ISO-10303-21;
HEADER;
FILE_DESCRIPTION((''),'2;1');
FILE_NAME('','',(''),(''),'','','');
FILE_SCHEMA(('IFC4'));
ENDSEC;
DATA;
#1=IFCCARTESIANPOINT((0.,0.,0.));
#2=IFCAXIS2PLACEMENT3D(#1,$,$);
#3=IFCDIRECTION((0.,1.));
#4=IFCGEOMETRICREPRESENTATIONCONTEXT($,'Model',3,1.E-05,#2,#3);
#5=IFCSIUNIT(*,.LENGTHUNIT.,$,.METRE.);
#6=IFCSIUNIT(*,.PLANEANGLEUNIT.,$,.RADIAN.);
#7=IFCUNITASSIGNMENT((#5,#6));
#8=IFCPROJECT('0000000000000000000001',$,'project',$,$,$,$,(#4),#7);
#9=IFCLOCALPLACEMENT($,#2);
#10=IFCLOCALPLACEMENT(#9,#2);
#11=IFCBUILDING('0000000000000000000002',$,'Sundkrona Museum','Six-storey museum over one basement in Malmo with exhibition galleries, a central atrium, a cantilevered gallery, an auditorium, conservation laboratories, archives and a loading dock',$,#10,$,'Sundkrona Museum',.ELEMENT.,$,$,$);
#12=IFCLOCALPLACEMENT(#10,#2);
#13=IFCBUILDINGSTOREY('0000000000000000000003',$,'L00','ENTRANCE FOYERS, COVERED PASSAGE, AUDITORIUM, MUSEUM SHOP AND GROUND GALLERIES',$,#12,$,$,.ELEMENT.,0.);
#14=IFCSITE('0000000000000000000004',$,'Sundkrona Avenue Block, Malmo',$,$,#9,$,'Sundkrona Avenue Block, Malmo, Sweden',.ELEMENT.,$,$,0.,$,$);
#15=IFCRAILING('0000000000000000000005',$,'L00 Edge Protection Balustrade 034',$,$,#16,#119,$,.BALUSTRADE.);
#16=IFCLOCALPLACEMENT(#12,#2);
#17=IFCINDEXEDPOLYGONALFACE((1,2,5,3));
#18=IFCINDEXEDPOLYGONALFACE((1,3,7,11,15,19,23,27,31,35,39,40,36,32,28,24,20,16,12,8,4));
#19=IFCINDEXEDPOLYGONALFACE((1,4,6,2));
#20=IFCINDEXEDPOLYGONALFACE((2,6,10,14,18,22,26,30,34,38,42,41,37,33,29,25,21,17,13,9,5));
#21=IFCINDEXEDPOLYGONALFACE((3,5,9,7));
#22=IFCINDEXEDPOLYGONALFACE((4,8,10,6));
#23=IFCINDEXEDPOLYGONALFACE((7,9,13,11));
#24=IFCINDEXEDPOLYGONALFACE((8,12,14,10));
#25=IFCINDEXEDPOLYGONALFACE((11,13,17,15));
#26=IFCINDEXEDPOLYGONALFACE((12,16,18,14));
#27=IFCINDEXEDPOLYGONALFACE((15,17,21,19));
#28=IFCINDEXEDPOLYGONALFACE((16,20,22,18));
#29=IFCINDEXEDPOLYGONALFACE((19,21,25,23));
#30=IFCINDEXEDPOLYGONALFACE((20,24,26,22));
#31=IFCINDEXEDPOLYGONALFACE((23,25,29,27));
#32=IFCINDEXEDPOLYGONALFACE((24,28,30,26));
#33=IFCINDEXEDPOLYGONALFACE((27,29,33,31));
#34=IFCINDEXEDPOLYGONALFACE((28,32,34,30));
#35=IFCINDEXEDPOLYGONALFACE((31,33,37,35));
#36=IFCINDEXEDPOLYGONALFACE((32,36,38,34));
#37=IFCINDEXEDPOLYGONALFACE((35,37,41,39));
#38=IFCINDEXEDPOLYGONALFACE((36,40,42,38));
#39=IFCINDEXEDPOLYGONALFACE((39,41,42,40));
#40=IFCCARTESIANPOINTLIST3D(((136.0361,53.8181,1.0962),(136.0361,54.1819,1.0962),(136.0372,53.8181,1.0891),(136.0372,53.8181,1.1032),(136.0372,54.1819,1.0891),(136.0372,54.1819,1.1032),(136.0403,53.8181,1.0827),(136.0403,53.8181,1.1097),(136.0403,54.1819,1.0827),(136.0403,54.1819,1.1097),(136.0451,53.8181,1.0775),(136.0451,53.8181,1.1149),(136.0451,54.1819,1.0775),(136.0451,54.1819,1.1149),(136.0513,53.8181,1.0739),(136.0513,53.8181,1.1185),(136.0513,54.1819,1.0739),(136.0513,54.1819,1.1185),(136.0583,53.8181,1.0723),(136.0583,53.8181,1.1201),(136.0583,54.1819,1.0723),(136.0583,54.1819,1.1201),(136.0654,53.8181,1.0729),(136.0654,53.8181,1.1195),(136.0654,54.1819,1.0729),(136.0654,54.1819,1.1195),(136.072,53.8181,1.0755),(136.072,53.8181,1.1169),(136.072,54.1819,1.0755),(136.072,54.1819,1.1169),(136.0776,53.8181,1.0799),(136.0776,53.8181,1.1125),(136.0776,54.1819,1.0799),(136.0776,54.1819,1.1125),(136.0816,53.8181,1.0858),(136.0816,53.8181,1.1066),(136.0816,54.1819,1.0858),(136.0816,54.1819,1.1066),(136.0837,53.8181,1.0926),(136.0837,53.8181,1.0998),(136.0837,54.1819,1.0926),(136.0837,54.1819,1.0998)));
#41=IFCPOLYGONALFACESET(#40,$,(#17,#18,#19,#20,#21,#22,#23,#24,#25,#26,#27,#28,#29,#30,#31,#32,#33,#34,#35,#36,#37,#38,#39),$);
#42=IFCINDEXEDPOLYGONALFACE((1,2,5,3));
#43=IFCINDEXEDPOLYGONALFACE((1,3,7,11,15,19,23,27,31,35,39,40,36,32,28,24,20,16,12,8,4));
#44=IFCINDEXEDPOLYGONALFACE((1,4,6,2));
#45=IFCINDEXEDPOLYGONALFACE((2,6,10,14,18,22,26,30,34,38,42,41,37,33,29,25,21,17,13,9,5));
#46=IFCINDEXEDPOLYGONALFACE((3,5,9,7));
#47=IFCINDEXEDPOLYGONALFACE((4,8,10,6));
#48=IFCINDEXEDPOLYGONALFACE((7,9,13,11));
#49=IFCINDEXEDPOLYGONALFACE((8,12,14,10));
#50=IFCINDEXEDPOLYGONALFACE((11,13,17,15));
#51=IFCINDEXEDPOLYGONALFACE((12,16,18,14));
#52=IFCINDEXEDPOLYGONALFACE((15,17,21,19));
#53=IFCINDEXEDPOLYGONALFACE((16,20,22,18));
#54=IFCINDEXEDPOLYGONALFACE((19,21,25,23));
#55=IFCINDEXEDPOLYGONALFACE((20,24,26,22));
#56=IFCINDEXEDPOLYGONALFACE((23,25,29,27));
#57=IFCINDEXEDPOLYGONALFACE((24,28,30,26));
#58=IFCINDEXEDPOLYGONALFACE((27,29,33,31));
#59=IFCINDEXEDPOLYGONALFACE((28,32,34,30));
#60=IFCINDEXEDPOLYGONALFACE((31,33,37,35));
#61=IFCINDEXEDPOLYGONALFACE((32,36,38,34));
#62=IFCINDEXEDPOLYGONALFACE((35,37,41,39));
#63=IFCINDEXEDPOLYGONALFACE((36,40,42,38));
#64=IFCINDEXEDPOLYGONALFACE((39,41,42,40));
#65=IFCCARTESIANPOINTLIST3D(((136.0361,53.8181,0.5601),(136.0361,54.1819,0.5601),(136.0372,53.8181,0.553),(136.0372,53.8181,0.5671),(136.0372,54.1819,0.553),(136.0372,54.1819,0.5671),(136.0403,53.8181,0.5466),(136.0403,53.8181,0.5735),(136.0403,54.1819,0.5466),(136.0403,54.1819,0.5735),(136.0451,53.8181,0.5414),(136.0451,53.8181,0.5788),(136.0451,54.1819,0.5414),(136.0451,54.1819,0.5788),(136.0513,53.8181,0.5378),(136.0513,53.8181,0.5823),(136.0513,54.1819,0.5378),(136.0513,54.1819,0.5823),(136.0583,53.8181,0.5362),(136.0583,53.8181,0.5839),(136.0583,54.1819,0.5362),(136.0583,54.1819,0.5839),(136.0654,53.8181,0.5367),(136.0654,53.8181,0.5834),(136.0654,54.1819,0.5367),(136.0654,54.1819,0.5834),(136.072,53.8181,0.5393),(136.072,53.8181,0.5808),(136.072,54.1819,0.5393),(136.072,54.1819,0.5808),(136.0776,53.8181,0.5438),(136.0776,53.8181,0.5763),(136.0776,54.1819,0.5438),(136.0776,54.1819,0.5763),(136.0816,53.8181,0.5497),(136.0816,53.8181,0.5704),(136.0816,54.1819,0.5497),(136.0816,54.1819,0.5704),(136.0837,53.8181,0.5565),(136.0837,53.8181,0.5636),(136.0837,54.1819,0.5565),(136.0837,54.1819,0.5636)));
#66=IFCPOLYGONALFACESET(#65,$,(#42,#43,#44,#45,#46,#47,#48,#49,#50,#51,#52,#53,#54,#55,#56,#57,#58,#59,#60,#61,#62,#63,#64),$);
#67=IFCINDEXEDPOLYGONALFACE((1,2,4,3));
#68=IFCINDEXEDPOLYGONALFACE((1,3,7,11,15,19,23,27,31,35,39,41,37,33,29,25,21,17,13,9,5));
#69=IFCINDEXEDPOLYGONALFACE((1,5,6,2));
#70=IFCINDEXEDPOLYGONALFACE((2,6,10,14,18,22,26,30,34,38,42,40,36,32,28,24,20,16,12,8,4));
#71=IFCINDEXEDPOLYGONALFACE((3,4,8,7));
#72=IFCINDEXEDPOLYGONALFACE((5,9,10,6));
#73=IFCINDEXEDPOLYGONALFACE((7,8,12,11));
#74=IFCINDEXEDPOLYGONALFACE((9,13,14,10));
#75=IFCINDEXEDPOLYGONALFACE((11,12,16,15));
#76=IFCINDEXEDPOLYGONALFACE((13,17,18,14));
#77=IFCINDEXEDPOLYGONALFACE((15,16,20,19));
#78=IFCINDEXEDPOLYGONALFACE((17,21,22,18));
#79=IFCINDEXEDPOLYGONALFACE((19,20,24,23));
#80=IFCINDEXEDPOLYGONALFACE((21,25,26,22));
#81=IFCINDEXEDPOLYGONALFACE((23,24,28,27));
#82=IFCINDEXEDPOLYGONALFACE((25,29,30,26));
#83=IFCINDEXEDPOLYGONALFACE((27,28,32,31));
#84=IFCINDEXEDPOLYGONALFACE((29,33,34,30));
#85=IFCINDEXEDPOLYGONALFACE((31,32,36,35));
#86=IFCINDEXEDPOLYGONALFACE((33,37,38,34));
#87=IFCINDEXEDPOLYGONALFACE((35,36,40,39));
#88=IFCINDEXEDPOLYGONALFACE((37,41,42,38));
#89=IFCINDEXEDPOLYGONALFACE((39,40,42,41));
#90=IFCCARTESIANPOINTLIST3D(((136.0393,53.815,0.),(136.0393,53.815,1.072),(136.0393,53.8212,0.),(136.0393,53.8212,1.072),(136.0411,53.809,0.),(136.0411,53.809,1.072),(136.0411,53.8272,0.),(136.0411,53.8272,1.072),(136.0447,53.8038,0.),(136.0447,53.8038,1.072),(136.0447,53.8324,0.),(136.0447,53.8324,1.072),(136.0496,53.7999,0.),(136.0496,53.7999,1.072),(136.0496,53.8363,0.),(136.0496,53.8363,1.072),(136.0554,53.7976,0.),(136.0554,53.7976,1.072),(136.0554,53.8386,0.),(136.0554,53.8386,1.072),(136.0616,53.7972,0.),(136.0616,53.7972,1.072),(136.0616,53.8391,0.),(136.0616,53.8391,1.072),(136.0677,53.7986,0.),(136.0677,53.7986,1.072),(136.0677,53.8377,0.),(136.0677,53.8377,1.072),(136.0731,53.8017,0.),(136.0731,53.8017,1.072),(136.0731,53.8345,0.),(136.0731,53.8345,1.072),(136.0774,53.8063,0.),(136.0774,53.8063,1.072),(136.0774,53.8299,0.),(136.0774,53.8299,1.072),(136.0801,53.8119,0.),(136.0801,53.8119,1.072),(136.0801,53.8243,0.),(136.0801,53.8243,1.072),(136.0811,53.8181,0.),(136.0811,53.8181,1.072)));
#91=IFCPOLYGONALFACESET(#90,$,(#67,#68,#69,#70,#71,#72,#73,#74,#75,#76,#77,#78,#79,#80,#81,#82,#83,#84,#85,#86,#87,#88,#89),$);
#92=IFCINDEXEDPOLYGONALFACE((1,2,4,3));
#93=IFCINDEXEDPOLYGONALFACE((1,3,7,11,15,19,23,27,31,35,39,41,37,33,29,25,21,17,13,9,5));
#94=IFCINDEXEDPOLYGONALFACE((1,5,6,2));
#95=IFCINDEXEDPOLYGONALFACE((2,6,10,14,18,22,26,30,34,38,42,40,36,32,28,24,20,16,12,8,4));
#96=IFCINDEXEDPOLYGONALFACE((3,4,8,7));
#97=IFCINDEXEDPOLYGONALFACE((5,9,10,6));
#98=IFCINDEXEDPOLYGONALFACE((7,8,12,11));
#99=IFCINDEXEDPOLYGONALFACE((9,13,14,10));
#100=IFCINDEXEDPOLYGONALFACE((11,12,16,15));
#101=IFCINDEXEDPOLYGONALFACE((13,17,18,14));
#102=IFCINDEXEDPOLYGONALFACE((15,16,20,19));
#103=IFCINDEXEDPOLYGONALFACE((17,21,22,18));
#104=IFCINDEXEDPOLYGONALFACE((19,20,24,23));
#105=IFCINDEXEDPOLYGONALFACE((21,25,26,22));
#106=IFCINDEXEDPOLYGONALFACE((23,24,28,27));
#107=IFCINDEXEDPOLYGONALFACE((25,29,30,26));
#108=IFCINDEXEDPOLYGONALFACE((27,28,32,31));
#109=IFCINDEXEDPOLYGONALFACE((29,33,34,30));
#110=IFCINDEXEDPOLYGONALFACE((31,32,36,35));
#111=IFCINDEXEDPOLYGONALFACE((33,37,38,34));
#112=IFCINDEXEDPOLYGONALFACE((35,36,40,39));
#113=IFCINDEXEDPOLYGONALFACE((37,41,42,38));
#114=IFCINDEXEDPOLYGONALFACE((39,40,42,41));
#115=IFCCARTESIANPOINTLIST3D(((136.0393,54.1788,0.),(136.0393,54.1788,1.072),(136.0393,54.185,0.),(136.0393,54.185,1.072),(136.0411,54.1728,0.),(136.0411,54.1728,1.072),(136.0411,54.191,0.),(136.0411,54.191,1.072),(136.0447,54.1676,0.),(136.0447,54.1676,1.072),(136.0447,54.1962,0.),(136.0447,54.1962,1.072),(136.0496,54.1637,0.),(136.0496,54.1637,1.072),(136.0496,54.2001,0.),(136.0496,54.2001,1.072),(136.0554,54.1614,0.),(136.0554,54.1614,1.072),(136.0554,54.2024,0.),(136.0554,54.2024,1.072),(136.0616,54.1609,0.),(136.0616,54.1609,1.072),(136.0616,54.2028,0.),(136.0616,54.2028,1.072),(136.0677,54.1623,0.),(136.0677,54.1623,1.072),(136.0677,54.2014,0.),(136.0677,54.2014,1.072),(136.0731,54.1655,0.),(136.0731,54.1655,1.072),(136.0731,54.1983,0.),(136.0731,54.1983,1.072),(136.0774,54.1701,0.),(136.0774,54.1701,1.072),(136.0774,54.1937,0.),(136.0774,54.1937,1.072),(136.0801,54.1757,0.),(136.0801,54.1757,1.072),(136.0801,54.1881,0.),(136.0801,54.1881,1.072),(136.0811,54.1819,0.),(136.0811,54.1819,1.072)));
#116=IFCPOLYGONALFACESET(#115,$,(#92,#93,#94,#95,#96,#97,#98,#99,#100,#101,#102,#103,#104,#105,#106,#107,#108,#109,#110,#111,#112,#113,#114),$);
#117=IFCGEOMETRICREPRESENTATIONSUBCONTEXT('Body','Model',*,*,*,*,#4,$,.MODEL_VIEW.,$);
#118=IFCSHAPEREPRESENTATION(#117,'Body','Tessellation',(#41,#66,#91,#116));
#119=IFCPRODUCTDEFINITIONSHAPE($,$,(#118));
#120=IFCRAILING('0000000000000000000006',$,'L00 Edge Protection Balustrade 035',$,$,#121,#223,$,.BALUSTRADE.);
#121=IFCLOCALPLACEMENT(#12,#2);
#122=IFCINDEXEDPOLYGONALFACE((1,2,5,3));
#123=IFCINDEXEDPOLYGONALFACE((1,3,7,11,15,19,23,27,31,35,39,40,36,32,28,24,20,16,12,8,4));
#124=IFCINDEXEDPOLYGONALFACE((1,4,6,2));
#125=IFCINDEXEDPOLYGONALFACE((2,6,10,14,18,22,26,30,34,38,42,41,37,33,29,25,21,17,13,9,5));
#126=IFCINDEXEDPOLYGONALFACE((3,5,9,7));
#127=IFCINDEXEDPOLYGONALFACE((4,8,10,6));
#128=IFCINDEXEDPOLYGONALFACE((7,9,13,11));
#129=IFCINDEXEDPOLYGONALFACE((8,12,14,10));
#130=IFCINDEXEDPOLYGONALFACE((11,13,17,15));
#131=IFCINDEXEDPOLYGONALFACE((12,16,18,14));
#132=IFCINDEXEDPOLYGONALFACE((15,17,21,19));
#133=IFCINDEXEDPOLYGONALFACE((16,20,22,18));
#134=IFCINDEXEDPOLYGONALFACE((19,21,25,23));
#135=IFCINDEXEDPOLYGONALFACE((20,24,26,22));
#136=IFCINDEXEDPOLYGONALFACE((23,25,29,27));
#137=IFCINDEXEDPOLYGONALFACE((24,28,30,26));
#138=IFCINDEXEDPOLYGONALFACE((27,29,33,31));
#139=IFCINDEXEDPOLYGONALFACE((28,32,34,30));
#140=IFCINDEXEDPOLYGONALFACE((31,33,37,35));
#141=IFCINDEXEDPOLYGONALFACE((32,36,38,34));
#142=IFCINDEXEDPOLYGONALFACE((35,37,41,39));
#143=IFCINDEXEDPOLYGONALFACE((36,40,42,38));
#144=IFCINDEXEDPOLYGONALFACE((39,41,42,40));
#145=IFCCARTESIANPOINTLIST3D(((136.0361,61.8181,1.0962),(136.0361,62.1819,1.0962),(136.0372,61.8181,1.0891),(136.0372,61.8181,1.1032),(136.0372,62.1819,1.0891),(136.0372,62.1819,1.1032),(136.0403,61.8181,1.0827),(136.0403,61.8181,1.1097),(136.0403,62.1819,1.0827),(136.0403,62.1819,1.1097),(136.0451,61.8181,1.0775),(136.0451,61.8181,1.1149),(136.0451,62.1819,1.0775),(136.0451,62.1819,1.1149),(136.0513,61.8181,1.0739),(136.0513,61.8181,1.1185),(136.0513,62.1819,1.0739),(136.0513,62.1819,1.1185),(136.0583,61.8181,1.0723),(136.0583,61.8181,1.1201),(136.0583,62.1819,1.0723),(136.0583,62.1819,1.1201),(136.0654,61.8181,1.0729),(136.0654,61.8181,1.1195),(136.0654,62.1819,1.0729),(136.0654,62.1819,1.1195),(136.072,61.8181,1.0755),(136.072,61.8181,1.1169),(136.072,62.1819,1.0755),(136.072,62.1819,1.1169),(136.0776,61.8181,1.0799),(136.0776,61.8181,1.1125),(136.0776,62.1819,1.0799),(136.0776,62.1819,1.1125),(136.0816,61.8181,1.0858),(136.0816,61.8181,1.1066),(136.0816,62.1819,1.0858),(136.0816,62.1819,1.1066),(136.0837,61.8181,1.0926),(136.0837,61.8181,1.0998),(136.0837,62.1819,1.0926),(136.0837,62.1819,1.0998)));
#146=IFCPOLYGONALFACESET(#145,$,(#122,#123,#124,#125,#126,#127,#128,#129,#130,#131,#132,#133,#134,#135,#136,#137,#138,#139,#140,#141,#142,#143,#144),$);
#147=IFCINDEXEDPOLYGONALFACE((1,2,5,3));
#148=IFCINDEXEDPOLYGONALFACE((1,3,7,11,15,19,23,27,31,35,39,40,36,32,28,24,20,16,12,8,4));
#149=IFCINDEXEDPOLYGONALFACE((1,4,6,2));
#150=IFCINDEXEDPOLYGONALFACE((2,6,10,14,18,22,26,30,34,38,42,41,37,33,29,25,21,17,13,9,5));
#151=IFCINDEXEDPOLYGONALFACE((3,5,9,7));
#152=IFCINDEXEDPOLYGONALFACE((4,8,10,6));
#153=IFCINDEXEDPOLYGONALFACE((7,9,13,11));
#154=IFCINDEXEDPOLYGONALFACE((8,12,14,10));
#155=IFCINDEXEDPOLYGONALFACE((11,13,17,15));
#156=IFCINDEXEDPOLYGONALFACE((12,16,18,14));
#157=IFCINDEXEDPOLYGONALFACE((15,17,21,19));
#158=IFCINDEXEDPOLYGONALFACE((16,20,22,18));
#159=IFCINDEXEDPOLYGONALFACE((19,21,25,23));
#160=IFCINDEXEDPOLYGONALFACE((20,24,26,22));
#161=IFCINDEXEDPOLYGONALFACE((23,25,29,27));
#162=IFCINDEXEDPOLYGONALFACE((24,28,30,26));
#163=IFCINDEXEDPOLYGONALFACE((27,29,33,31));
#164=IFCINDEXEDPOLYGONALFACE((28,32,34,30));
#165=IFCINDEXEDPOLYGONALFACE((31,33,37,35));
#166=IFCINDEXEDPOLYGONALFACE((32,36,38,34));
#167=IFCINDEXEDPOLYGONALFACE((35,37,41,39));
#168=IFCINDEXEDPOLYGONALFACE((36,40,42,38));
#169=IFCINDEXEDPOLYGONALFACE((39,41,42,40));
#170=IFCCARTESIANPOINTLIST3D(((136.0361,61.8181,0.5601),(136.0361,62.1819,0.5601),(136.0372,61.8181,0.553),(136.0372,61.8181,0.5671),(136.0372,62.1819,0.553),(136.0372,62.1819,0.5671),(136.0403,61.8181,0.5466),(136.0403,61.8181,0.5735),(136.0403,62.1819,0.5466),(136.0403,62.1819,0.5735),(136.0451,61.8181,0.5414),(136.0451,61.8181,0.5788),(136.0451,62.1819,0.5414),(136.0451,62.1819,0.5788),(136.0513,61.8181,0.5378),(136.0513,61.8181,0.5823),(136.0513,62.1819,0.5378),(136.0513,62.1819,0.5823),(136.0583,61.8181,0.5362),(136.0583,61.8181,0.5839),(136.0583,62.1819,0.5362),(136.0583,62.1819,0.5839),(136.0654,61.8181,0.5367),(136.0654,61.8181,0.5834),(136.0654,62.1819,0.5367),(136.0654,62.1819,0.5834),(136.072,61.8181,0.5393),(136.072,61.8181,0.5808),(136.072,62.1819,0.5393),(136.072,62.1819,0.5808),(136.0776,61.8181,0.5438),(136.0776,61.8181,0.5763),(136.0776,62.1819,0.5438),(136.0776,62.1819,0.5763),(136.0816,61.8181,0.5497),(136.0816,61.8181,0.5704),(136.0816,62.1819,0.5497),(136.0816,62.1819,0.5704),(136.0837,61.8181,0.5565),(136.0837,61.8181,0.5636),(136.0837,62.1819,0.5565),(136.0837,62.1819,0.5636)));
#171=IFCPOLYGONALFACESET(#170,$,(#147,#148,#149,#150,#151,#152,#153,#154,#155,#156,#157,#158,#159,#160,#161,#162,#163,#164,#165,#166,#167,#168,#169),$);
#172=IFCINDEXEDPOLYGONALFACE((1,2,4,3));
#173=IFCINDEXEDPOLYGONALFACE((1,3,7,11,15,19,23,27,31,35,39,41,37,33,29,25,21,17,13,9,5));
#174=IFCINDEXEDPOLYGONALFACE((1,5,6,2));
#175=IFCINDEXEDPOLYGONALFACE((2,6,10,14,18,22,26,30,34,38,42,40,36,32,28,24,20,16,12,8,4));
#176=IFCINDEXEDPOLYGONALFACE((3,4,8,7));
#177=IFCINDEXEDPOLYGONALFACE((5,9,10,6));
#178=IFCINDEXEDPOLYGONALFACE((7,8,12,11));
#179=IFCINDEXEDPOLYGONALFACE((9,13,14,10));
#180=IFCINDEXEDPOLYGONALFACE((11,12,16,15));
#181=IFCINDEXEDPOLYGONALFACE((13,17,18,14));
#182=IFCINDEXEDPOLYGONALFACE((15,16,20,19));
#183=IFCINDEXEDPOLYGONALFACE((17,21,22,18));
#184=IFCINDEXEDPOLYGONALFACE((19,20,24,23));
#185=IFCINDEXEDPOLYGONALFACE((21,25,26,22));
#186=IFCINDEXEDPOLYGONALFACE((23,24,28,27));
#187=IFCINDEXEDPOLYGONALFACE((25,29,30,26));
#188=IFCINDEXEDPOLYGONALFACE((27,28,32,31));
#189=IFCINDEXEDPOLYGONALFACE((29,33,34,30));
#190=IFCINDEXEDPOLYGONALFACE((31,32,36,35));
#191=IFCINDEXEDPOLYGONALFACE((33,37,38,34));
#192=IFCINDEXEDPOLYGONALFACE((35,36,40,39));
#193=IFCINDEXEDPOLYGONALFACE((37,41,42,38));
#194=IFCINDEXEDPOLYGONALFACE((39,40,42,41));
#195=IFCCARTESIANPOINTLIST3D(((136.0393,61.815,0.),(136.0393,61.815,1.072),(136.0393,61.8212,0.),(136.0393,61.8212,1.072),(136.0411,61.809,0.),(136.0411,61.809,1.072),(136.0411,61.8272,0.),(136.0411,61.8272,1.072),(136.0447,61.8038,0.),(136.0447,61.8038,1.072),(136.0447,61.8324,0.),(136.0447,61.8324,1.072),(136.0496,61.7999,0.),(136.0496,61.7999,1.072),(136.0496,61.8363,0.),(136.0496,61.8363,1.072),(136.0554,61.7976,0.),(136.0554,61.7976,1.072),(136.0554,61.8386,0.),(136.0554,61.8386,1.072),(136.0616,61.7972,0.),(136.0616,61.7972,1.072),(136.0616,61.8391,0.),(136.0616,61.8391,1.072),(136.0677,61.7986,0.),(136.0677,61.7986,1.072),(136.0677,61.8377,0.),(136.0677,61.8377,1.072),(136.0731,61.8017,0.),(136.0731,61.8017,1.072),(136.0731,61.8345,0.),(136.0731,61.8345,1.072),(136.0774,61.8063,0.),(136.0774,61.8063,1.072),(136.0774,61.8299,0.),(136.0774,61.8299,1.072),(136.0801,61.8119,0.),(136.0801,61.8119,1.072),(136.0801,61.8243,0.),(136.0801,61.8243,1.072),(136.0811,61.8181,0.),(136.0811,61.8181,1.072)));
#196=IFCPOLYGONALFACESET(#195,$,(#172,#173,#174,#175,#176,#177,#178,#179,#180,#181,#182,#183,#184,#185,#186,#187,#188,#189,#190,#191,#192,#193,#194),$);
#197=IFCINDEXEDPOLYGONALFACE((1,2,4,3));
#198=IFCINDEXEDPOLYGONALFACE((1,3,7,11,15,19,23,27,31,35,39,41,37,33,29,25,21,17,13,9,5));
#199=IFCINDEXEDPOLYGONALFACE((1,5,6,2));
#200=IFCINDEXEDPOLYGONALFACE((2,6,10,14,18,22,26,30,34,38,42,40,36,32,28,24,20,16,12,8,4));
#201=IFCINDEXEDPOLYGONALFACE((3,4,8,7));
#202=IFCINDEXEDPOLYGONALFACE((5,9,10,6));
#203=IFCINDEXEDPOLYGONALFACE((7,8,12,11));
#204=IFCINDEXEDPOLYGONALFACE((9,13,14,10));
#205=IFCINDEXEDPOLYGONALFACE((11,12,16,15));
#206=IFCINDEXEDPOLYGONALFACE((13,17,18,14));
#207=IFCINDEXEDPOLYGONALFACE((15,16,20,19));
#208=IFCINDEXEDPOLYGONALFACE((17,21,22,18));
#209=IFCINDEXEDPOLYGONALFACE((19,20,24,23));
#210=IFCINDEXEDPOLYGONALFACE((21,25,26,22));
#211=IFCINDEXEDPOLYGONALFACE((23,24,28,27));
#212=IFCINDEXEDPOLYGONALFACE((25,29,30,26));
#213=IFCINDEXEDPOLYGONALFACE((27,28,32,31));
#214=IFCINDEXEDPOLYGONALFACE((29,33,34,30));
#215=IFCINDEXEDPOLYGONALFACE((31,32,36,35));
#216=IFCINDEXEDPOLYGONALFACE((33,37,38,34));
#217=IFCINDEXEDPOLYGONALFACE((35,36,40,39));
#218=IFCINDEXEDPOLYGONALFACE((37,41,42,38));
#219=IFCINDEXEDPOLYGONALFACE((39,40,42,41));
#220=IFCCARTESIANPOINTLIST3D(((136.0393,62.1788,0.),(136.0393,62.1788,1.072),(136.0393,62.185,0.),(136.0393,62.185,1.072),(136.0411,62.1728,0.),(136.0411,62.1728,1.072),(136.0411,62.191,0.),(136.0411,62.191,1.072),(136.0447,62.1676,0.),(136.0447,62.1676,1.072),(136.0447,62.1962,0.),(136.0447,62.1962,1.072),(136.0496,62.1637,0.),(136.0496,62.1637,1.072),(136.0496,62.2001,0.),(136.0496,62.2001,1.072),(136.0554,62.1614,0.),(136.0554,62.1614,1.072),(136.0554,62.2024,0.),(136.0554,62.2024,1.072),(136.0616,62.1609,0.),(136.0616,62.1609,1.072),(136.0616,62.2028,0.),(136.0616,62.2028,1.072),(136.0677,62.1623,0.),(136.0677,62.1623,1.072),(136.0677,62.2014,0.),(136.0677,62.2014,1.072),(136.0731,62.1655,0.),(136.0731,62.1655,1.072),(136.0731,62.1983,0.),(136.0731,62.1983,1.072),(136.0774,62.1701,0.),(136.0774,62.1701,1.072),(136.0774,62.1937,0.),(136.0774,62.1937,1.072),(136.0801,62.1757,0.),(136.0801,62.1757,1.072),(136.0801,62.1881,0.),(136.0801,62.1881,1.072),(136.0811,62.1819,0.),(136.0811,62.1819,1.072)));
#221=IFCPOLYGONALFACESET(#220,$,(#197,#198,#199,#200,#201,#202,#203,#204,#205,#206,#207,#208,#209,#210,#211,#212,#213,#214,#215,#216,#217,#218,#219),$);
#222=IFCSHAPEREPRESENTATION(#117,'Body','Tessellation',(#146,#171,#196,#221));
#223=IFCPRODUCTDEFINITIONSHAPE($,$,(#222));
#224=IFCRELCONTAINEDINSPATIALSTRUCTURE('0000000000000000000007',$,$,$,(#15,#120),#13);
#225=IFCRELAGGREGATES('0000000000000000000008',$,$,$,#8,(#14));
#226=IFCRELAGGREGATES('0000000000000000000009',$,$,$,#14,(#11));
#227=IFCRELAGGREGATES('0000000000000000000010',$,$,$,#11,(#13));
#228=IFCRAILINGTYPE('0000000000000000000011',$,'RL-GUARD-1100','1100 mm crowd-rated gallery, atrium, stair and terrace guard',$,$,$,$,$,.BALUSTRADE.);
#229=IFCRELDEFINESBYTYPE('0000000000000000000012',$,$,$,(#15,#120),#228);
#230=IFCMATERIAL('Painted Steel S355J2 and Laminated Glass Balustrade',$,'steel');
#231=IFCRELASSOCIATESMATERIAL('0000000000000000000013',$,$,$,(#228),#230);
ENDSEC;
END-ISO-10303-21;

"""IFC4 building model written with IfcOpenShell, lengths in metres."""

from ifc_helpers import new_model, si_unit, direction, frame, origin, origin_2d, place, context, subcontext, project, spatial, circle, extrude, material, type_object, element, save


model = new_model("IFC4")

# Units and contexts
model_context = context("Model", 3, precision=1e-05, world=origin(), true_north=direction((0.0, 1.0)))
body_context = subcontext(model_context, "Body", "Model", "MODEL_VIEW")
ifc_project = project(units=[si_unit("LENGTHUNIT", "METRE"), si_unit("PLANEANGLEUNIT", "RADIAN")], contexts=[model_context])

# Site, building, storey
site_placement = place(None, origin())
site = spatial("IfcSite", under=ifc_project, at=site_placement, Name="Sundkrona Avenue Block, Malmo", LongName="Sundkrona Avenue Block, Malmo, Sweden", CompositionType="ELEMENT", RefElevation=0.0)
building_placement = place(site_placement, origin())
building = spatial("IfcBuilding", under=site, at=building_placement, Name="Sundkrona Museum", Description="Six-storey museum over one basement in Malmo with exhibition galleries, a central atrium, a cantilevered gallery, an auditorium, conservation laboratories, archives and a loading dock", LongName="Sundkrona Museum", CompositionType="ELEMENT")
storey_placement = place(building_placement, origin())
storey = spatial("IfcBuildingStorey", under=building, at=storey_placement, Name="L00", Description="ENTRANCE FOYERS, COVERED PASSAGE, AUDITORIUM, MUSEUM SHOP AND GROUND GALLERIES", CompositionType="ELEMENT", Elevation=0.0)

# Railings
ifc_material_1 = material(Name="Painted Steel S355J2 and Laminated Glass Balustrade", Category="steel")
railing_type = type_object("IfcRailingType", Name="RL-GUARD-1100", Description="1100 mm crowd-rated gallery, atrium, stair and terrace guard", PredefinedType="BALUSTRADE", material=ifc_material_1)
for number, where, name in (
    (1, (136.0601, 53.8181, 0.0), "L00 Edge Protection Balustrade 034"),
    (2, (136.0601, 61.8181, 0.0), "L00 Edge Protection Balustrade 035"),
):
    element("IfcRailing", number, at=place(storey_placement, frame(where)), inside=storey, type_object=railing_type, Name=name, PredefinedType="BALUSTRADE", context=body_context, shape_type="SweptSolid", body=[
        extrude(circle(Radius=0.0239, at=origin_2d()), frame((0.0, 0.0, 1.0962), z_axis=(0.0, 1.0, 0.0), x_axis=(-1.0, 0.0, 0.0)), (0.0, 0.0, 1.0), 0.3638),
        extrude(circle(Radius=0.0239, at=origin_2d()), frame((0.0, 0.0, 0.5601), z_axis=(0.0, 1.0, 0.0), x_axis=(-1.0, 0.0, 0.0)), (0.0, 0.0, 1.0), 0.3638),
        extrude(circle(Radius=0.021, at=origin_2d()), origin(), (0.0, 0.0, 1.0), 1.072),
        extrude(circle(Radius=0.021, at=origin_2d()), frame((0.0, 0.3638, 0.0)), (0.0, 0.0, 1.0), 1.072),
    ])

save(model, "model.ifc")
